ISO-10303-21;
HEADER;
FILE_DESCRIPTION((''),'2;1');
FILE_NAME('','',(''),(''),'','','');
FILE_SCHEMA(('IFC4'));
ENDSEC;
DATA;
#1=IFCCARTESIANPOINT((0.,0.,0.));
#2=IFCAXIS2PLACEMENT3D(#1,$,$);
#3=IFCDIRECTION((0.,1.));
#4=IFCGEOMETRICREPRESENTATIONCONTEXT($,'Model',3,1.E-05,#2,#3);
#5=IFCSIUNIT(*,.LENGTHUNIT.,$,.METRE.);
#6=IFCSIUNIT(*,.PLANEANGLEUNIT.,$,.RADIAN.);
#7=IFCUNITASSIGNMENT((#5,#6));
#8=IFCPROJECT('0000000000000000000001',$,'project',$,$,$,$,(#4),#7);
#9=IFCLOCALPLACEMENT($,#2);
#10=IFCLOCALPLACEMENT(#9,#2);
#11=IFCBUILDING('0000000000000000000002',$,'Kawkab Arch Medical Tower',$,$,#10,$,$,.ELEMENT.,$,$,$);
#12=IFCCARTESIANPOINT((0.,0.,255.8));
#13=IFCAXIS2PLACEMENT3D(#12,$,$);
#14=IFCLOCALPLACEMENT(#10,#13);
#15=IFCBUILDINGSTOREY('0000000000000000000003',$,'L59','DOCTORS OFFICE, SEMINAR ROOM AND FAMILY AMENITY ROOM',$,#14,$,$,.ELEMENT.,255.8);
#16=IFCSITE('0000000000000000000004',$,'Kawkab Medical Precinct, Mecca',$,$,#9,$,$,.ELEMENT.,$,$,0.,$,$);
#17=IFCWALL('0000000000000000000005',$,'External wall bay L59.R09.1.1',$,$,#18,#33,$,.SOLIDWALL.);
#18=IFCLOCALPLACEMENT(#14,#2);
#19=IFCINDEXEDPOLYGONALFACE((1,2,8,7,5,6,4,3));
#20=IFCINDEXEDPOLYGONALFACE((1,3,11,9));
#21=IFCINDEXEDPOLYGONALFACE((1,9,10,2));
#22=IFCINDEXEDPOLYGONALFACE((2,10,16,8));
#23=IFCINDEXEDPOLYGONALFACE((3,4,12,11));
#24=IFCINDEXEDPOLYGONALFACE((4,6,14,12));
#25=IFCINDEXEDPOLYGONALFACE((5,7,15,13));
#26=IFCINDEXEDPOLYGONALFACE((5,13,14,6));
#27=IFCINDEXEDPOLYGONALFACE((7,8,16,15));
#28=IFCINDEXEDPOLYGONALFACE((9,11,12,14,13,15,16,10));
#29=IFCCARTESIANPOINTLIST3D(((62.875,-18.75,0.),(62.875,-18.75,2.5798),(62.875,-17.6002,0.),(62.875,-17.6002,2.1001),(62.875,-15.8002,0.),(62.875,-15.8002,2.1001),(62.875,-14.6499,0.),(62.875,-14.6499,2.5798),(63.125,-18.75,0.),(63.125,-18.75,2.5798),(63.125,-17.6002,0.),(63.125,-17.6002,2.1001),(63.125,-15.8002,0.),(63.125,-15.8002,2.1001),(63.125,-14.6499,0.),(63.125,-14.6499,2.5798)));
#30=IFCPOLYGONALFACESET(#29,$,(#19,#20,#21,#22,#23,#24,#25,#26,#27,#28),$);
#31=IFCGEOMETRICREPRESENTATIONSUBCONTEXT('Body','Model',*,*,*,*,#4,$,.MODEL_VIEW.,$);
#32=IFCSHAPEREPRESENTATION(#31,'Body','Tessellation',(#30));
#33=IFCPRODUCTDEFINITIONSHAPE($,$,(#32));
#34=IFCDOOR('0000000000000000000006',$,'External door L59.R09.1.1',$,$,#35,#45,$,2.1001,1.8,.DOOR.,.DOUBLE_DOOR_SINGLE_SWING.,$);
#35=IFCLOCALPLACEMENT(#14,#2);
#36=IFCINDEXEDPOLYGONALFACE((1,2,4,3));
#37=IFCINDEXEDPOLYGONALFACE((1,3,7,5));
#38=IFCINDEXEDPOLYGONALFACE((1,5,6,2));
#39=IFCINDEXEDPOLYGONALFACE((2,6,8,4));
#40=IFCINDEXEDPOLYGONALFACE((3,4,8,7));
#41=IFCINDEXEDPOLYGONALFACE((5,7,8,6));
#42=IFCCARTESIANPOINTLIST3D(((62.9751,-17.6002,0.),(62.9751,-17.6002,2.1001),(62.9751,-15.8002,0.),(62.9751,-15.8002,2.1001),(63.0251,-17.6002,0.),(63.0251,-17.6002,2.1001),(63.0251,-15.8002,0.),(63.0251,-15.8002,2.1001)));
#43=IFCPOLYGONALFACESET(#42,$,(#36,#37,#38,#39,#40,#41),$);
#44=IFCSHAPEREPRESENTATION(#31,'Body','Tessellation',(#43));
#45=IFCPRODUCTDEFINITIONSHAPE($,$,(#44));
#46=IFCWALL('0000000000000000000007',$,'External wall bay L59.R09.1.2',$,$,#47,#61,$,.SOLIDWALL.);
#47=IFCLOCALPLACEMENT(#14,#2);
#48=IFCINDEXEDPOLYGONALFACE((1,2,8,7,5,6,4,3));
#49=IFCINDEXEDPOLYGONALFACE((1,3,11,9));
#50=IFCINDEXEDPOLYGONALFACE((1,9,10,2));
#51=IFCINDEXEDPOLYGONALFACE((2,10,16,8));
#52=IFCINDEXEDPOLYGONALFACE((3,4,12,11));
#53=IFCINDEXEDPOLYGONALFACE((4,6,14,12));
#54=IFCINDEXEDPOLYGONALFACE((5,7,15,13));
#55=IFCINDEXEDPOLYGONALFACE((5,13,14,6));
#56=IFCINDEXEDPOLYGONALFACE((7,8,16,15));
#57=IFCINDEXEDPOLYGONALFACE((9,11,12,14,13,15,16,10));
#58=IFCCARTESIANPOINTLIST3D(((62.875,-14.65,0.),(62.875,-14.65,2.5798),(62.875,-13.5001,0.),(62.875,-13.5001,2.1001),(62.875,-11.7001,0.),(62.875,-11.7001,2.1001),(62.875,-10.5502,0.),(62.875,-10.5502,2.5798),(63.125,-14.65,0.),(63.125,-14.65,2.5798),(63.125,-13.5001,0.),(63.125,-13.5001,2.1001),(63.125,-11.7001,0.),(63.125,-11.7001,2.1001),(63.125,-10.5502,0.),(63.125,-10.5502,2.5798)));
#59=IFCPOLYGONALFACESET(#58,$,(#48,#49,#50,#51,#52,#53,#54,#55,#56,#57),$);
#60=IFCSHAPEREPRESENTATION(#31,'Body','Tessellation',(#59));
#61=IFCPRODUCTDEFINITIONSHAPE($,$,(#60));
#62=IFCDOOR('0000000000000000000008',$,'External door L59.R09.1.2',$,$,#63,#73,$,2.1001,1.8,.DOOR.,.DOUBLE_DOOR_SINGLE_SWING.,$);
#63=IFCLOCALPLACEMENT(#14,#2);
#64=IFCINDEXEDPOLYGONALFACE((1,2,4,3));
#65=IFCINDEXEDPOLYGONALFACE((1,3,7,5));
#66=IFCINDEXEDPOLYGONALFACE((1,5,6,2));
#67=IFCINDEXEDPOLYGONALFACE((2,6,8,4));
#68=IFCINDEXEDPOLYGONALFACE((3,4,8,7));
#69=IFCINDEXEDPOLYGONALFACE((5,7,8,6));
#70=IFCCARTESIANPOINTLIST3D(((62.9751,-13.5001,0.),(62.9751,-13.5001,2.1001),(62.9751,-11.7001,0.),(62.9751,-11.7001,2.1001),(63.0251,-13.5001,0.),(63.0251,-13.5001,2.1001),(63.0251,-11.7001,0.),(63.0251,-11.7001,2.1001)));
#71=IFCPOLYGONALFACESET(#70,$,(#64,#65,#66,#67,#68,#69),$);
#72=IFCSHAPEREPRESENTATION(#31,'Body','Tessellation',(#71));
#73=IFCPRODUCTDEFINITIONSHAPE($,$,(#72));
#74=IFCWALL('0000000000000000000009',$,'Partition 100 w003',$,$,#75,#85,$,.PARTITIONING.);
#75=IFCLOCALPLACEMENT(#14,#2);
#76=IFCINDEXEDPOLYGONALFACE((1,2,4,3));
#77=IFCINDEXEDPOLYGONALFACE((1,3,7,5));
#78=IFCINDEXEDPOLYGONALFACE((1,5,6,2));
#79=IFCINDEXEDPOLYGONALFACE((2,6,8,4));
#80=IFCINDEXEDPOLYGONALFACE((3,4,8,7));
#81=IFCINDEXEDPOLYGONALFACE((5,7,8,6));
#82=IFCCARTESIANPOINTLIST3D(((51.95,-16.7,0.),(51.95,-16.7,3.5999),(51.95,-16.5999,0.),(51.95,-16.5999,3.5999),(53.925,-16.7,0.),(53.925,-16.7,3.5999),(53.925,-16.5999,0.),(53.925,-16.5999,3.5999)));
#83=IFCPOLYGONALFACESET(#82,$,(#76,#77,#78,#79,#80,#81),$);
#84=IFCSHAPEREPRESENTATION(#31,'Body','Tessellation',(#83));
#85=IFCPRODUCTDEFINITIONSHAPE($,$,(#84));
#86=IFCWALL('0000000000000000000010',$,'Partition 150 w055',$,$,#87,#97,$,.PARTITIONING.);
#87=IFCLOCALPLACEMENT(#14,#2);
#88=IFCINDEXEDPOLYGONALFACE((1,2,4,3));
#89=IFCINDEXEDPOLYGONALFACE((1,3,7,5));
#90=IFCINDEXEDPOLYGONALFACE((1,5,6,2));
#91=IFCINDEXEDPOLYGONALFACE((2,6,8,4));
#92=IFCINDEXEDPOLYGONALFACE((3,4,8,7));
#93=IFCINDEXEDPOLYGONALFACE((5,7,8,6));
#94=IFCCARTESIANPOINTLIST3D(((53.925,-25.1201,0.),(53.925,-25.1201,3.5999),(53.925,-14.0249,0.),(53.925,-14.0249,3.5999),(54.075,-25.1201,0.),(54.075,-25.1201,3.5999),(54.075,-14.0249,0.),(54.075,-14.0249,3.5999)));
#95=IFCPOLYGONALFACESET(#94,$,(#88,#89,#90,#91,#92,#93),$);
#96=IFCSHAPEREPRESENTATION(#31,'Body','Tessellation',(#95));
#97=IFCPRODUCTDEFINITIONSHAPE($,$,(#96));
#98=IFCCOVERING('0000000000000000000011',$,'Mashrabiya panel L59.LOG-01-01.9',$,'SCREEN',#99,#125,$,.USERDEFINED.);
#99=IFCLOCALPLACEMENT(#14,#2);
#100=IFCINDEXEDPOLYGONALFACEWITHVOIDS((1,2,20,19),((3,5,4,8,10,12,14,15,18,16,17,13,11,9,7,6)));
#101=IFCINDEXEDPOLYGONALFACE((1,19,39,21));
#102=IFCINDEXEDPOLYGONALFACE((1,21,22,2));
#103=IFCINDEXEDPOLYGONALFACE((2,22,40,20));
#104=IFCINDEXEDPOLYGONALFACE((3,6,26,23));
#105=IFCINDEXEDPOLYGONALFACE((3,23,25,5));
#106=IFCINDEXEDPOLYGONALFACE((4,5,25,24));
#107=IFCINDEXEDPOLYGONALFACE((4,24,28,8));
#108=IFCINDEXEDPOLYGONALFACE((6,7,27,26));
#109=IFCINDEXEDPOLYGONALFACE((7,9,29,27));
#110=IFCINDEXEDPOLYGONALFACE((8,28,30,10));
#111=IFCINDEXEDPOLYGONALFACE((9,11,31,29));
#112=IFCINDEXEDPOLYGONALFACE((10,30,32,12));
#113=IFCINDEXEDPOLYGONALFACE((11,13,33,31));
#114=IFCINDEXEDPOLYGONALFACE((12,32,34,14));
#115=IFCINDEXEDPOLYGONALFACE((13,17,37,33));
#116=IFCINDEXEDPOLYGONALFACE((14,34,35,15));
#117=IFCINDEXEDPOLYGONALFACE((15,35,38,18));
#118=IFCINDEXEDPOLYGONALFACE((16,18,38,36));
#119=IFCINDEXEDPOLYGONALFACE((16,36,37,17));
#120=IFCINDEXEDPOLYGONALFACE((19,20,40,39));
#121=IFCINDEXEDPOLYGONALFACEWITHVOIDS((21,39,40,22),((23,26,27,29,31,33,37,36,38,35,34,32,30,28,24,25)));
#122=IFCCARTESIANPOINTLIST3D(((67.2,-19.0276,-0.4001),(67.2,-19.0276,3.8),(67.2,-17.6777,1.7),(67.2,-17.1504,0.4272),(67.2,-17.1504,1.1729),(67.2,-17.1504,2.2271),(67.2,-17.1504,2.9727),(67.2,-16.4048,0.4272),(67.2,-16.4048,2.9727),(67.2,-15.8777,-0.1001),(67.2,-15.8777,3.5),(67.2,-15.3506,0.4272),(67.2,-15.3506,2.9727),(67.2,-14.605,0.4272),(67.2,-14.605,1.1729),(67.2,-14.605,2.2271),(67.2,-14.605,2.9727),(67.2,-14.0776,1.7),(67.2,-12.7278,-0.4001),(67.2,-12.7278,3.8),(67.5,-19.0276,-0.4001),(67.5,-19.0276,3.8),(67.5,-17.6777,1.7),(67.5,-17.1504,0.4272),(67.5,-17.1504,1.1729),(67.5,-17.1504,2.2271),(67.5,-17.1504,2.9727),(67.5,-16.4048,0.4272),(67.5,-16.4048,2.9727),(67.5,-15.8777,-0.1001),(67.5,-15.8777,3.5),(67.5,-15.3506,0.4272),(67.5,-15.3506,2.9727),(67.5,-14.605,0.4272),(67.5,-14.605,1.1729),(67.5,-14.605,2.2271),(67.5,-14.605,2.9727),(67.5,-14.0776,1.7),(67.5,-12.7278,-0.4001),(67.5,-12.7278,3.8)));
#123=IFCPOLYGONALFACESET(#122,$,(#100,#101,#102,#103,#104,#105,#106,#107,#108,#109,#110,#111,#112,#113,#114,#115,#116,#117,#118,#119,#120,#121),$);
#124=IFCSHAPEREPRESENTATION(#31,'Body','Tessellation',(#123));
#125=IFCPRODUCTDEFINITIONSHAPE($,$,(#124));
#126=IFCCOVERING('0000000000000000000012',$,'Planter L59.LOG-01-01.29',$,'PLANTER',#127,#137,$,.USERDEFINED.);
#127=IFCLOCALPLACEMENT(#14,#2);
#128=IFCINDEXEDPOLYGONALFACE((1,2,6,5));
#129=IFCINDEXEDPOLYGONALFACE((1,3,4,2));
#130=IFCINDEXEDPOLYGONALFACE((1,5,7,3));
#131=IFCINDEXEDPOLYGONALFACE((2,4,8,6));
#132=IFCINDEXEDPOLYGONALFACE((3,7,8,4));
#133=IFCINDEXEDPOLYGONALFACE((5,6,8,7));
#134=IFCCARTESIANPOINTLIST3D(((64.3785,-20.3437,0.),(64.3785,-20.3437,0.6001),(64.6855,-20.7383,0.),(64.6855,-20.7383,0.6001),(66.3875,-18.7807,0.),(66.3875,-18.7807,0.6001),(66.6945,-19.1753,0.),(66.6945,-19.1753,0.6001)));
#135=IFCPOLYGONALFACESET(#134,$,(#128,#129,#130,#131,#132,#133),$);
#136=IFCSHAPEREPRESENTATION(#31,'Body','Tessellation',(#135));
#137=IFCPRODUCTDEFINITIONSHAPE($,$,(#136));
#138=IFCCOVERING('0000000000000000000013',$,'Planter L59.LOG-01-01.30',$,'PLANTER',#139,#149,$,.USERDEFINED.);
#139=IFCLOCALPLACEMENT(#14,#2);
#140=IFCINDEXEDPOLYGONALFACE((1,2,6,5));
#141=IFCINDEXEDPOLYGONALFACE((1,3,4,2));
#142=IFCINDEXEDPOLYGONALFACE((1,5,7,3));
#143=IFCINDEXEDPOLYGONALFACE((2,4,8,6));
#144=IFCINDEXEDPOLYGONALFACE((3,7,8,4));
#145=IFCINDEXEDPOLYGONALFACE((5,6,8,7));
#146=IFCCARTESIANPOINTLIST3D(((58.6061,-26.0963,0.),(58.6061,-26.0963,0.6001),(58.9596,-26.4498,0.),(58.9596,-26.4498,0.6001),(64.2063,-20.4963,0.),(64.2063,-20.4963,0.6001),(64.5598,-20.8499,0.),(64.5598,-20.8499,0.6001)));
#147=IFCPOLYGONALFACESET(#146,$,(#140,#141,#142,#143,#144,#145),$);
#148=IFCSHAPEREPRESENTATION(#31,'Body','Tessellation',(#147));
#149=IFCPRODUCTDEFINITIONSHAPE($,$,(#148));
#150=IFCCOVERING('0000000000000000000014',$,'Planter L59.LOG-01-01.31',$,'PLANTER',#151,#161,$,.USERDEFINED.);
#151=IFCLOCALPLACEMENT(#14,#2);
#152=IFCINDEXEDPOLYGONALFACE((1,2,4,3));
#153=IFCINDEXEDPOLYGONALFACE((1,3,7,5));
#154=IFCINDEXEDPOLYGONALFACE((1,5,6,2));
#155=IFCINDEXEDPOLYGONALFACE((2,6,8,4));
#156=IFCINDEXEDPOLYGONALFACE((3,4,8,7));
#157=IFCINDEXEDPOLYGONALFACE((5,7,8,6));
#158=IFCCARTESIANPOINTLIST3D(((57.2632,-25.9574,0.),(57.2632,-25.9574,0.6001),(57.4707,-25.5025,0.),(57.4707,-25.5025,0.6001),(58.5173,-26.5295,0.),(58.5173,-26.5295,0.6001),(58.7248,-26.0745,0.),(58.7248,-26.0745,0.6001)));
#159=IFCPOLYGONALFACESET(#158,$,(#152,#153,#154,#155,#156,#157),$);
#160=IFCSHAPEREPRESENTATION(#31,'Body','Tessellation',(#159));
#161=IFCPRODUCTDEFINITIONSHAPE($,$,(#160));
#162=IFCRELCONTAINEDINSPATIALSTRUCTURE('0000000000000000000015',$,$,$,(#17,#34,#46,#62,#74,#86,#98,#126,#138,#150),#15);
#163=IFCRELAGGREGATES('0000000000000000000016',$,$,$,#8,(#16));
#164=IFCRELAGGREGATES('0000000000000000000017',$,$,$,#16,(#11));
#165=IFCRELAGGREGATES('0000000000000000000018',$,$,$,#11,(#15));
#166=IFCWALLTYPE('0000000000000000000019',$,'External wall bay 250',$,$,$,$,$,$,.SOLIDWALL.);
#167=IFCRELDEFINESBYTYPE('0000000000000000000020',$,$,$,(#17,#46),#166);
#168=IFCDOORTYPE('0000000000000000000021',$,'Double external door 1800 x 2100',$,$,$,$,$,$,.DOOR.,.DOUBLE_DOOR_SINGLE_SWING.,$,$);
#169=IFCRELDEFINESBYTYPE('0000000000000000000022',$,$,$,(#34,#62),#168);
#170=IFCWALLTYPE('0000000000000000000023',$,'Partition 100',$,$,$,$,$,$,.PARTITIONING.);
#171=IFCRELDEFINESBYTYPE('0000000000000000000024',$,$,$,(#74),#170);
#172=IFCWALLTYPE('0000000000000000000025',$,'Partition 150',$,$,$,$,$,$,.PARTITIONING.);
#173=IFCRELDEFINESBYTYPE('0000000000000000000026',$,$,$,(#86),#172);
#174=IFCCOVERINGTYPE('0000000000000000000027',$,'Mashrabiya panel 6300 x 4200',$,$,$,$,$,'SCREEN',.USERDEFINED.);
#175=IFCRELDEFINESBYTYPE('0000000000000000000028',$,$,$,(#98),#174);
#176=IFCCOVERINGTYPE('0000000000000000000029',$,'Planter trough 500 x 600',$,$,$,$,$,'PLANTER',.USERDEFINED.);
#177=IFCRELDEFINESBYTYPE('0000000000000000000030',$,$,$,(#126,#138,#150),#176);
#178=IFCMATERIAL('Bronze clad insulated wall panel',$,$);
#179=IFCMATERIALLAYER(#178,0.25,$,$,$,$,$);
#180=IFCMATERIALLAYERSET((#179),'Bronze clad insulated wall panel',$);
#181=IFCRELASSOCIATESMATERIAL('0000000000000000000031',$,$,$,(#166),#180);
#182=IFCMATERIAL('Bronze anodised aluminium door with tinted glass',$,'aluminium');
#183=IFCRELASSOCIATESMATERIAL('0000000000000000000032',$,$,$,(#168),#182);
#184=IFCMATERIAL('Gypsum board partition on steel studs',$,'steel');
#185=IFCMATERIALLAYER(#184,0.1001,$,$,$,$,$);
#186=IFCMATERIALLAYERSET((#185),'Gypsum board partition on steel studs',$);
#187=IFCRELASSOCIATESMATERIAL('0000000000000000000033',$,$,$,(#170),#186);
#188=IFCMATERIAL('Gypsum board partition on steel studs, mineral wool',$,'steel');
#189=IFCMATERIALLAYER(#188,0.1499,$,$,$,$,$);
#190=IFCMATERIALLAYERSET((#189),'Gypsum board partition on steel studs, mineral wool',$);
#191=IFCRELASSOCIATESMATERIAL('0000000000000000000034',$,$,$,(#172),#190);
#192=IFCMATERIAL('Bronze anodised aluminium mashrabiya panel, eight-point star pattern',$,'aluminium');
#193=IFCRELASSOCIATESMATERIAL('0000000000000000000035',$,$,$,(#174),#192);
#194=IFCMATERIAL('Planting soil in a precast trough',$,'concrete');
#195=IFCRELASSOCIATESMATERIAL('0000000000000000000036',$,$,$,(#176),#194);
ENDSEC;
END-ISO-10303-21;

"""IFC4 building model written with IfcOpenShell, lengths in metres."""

from ifc_helpers import new_model, si_unit, direction, frame, frame_2d, origin, origin_2d, place, context, subcontext, project, spatial, polyline, rectangle, outline, extrude, material, layer, layer_set, material_profile, profile_set, type_object, element, fill, save


model = new_model("IFC4")

# Units and contexts
model_context = context("Model", 3, precision=1e-05, world=origin(), true_north=direction((0.0, 1.0)))
body_context = subcontext(model_context, "Body", "Model", "MODEL_VIEW")
ifc_project = project(units=[si_unit("LENGTHUNIT", "METRE"), si_unit("PLANEANGLEUNIT", "RADIAN")], contexts=[model_context])

# Site, building, storey
site_placement = place(None, origin())
site = spatial("IfcSite", under=ifc_project, at=site_placement, Name="Kawkab Medical Precinct, Mecca", CompositionType="ELEMENT", RefElevation=0.0)
building_placement = place(site_placement, origin())
building = spatial("IfcBuilding", under=site, at=building_placement, Name="Kawkab Arch Medical Tower", CompositionType="ELEMENT")
storey_placement = place(building_placement, frame((0.0, 0.0, 255.8)))
storey = spatial("IfcBuildingStorey", under=building, at=storey_placement, Name="L59", Description="DOCTORS OFFICE, SEMINAR ROOM AND FAMILY AMENITY ROOM", CompositionType="ELEMENT", Elevation=255.8)

# Walls, openings, doors
ifc_material_1 = material(Name="Bronze clad insulated wall panel")
ifc_layer_1 = layer(ifc_material_1, 0.25)
ifc_layer_set_1 = layer_set([ifc_layer_1], Name="Bronze clad insulated wall panel")
wall_type_1 = type_object("IfcWallType", Name="External wall bay 250", PredefinedType="SOLIDWALL", material=ifc_layer_set_1)
wall_1_placement = place(storey_placement, frame((63.0, -18.75, 0.0), z_axis=(0.0, 0.0, 1.0), x_axis=(0.0, 1.0, 0.0)))
wall_1 = element("IfcWall", 1, at=wall_1_placement, inside=storey, type_object=wall_type_1, Name="External wall bay L59.R09.1.1", PredefinedType="SOLIDWALL", context=body_context, shape_type="SweptSolid", body=[
    extrude(rectangle(XDim=4.1001, YDim=0.25, at=frame_2d((2.05, 0.0))), origin(), (0.0, 0.0, 1.0), 2.5798),
])
opening_1_placement = place(wall_1_placement, frame((1.1499, 0.0, 0.0)))
opening_1 = element("IfcOpeningElement", 2, at=opening_1_placement, cuts=wall_1, PredefinedType="OPENING", context=body_context, shape_type="SweptSolid", body=[
    extrude(rectangle(XDim=1.8, YDim=2.1001, at=frame_2d((0.8999, 1.05))), frame((0.0, 0.135, 0.0), z_axis=(0.0, -1.0, 0.0), x_axis=(1.0, 0.0, 0.0)), (0.0, 0.0, 1.0), 0.27),
])
ifc_material_2 = material(Name="Bronze anodised aluminium door with tinted glass", Category="aluminium")
door_type = type_object("IfcDoorType", Name="Double external door 1800 x 2100", OperationType="DOUBLE_DOOR_SINGLE_SWING", PredefinedType="DOOR", material=ifc_material_2)
door_1_placement = place(opening_1_placement, origin())
door_1 = element("IfcDoor", 3, at=door_1_placement, inside=storey, type_object=door_type, Name="External door L59.R09.1.1", OperationType="DOUBLE_DOOR_SINGLE_SWING", OverallHeight=2.1001, OverallWidth=1.8, PredefinedType="DOOR", context=body_context, shape_type="SweptSolid", body=[
    extrude(rectangle(XDim=1.8, YDim=2.1001, at=frame_2d((0.8999, 1.05))), frame((0.0, 0.0249, 0.0), z_axis=(0.0, -1.0, 0.0), x_axis=(1.0, 0.0, 0.0)), (0.0, 0.0, 1.0), 0.05),
])
fill(opening_1, door_1)
wall_2_placement = place(storey_placement, frame((63.0, -14.6499, 0.0), z_axis=(0.0, 0.0, 1.0), x_axis=(0.0, 1.0, 0.0)))
wall_2 = element("IfcWall", 4, at=wall_2_placement, inside=storey, type_object=wall_type_1, Name="External wall bay L59.R09.1.2", PredefinedType="SOLIDWALL", context=body_context, shape_type="SweptSolid", body=[
    extrude(rectangle(XDim=4.0999, YDim=0.25, at=frame_2d((2.0498, 0.0))), origin(), (0.0, 0.0, 1.0), 2.5798),
])
opening_2_placement = place(wall_2_placement, frame((1.1499, 0.0, 0.0)))
opening_2 = element("IfcOpeningElement", 5, at=opening_2_placement, cuts=wall_2, PredefinedType="OPENING", context=body_context, shape_type="SweptSolid", body=[
    extrude(rectangle(XDim=1.8, YDim=2.1001, at=frame_2d((0.8999, 1.05))), frame((0.0, 0.135, 0.0), z_axis=(0.0, -1.0, 0.0), x_axis=(1.0, 0.0, 0.0)), (0.0, 0.0, 1.0), 0.27),
])
door_2_placement = place(opening_2_placement, origin())
door_2 = element("IfcDoor", 6, at=door_2_placement, inside=storey, type_object=door_type, Name="External door L59.R09.1.2", OperationType="DOUBLE_DOOR_SINGLE_SWING", OverallHeight=2.1001, OverallWidth=1.8, PredefinedType="DOOR", context=body_context, shape_type="SweptSolid", body=[
    extrude(rectangle(XDim=1.8, YDim=2.1001, at=frame_2d((0.8999, 1.05))), frame((0.0, 0.0249, 0.0), z_axis=(0.0, -1.0, 0.0), x_axis=(1.0, 0.0, 0.0)), (0.0, 0.0, 1.0), 0.05),
])
fill(opening_2, door_2)

# Walls
ifc_material_3 = material(Name="Gypsum board partition on steel studs", Category="steel")
ifc_layer_2 = layer(ifc_material_3, 0.1001)
ifc_layer_set_2 = layer_set([ifc_layer_2], Name="Gypsum board partition on steel studs")
wall_type_2 = type_object("IfcWallType", Name="Partition 100", PredefinedType="PARTITIONING", material=ifc_layer_set_2)
wall_3_placement = place(storey_placement, frame((51.95, -16.6499, 0.0), z_axis=(0.0, 0.0, 1.0), x_axis=(1.0, 0.0, 0.0)))
element("IfcWall", 7, at=wall_3_placement, inside=storey, type_object=wall_type_2, Name="Partition 100 w003", PredefinedType="PARTITIONING", context=body_context, shape_type="SweptSolid", body=[
    extrude(rectangle(XDim=1.9751, YDim=0.1001, at=frame_2d((0.9875, 0.0))), origin(), (0.0, 0.0, 1.0), 3.5999),
])
ifc_material_4 = material(Name="Gypsum board partition on steel studs, mineral wool", Category="steel")
ifc_layer_3 = layer(ifc_material_4, 0.1499)
ifc_layer_set_3 = layer_set([ifc_layer_3], Name="Gypsum board partition on steel studs, mineral wool")
wall_type_3 = type_object("IfcWallType", Name="Partition 150", PredefinedType="PARTITIONING", material=ifc_layer_set_3)
wall_4_placement = place(storey_placement, frame((54.0, -25.1201, 0.0), z_axis=(0.0, 0.0, 1.0), x_axis=(0.0, 1.0, 0.0)))
element("IfcWall", 8, at=wall_4_placement, inside=storey, type_object=wall_type_3, Name="Partition 150 w055", PredefinedType="PARTITIONING", context=body_context, shape_type="SweptSolid", body=[
    extrude(rectangle(XDim=11.0952, YDim=0.1499, at=frame_2d((5.5476, 0.0))), origin(), (0.0, 0.0, 1.0), 3.5999),
])

# Coverings
ifc_material_5 = material(Name="Bronze anodised aluminium mashrabiya panel, eight-point star pattern", Category="aluminium")
ifc_material_profile_1 = material_profile(ifc_material_5, outline(polyline([(-3.1499, -2.1001), (3.1499, -2.1001), (3.1499, 2.1001), (-3.1499, 2.1001), (-3.1499, -2.1001)]), holes=[polyline([(1.8, 0.0), (1.2727, 0.5271), (1.2727, 1.2727), (0.5271, 1.2727), (0.0, 1.8), (-0.5271, 1.2727), (-1.2727, 1.2727), (-1.2727, 0.5271), (-1.8, 0.0), (-1.2727, -0.5271), (-1.2727, -1.2727), (-0.5271, -1.2727), (0.0, -1.8), (0.5271, -1.2727), (1.2727, -1.2727), (1.2727, -0.5271), (1.8, 0.0)])]), Name="Mashrabiya panel 6300x4200")
ifc_profile_set_1 = profile_set([ifc_material_profile_1], Name="Bronze anodised aluminium mashrabiya panel, eight-point star pattern")
covering_type_1 = type_object("IfcCoveringType", Name="Mashrabiya panel 6300 x 4200", ElementType="SCREEN", PredefinedType="USERDEFINED", material=ifc_profile_set_1)
covering_1_placement = place(storey_placement, frame((67.2, -15.8777, 1.7), z_axis=(1.0, 0.0, 0.0), x_axis=(0.0, 1.0, 0.0)))
element("IfcCovering", 9, at=covering_1_placement, inside=storey, type_object=covering_type_1, Name="Mashrabiya panel L59.LOG-01-01.9", ObjectType="SCREEN", PredefinedType="USERDEFINED", context=body_context, shape_type="SweptSolid", body=[
    extrude(outline(polyline([(-3.1499, -2.1001), (3.1499, -2.1001), (3.1499, 2.1001), (-3.1499, 2.1001), (-3.1499, -2.1001)]), holes=[polyline([(1.8, 0.0), (1.2727, 0.5271), (1.2727, 1.2727), (0.5271, 1.2727), (0.0, 1.8), (-0.5271, 1.2727), (-1.2727, 1.2727), (-1.2727, 0.5271), (-1.8, 0.0), (-1.2727, -0.5271), (-1.2727, -1.2727), (-0.5271, -1.2727), (0.0, -1.8), (0.5271, -1.2727), (1.2727, -1.2727), (1.2727, -0.5271), (1.8, 0.0)])]), origin(), (0.0, 0.0, 1.0), 0.3),
])
ifc_material_6 = material(Name="Planting soil in a precast trough", Category="concrete")
ifc_material_profile_2 = material_profile(ifc_material_6, rectangle(XDim=0.5, YDim=0.6001, at=origin_2d()), Name="Trough 500x600")
ifc_profile_set_2 = profile_set([ifc_material_profile_2], Name="Planting soil in a precast trough")
covering_type_2 = type_object("IfcCoveringType", Name="Planter trough 500 x 600", ElementType="PLANTER", PredefinedType="USERDEFINED", material=ifc_profile_set_2)
covering_2_placement = place(storey_placement, frame((66.541, -18.978, 0.3), z_axis=(-0.789275, -0.61404, 0.0), x_axis=(0.61404, -0.789275, 0.0)))
element("IfcCovering", 10, at=covering_2_placement, inside=storey, type_object=covering_type_2, Name="Planter L59.LOG-01-01.29", ObjectType="PLANTER", PredefinedType="USERDEFINED", context=body_context, shape_type="SweptSolid", body=[
    extrude(rectangle(XDim=0.5, YDim=0.6001, at=origin_2d()), origin(), (0.0, 0.0, 1.0), 2.5454),
])
covering_3_placement = place(storey_placement, frame((64.3831, -20.6731, 0.3), z_axis=(-0.707122, -0.707091, 0.0), x_axis=(0.707091, -0.707122, 0.0)))
element("IfcCovering", 11, at=covering_3_placement, inside=storey, type_object=covering_type_2, Name="Planter L59.LOG-01-01.30", ObjectType="PLANTER", PredefinedType="USERDEFINED", context=body_context, shape_type="SweptSolid", body=[
    extrude(rectangle(XDim=0.5, YDim=0.6001, at=origin_2d()), origin(), (0.0, 0.0, 1.0), 7.9197),
])
covering_4_placement = place(storey_placement, frame((58.6211, -26.302, 0.3), z_axis=(-0.909832, 0.414977, 0.0), x_axis=(-0.414977, -0.909832, 0.0)))
element("IfcCovering", 12, at=covering_4_placement, inside=storey, type_object=covering_type_2, Name="Planter L59.LOG-01-01.31", ObjectType="PLANTER", PredefinedType="USERDEFINED", context=body_context, shape_type="SweptSolid", body=[
    extrude(rectangle(XDim=0.5, YDim=0.6001, at=origin_2d()), origin(), (0.0, 0.0, 1.0), 1.3784),
])

save(model, "model.ifc")
